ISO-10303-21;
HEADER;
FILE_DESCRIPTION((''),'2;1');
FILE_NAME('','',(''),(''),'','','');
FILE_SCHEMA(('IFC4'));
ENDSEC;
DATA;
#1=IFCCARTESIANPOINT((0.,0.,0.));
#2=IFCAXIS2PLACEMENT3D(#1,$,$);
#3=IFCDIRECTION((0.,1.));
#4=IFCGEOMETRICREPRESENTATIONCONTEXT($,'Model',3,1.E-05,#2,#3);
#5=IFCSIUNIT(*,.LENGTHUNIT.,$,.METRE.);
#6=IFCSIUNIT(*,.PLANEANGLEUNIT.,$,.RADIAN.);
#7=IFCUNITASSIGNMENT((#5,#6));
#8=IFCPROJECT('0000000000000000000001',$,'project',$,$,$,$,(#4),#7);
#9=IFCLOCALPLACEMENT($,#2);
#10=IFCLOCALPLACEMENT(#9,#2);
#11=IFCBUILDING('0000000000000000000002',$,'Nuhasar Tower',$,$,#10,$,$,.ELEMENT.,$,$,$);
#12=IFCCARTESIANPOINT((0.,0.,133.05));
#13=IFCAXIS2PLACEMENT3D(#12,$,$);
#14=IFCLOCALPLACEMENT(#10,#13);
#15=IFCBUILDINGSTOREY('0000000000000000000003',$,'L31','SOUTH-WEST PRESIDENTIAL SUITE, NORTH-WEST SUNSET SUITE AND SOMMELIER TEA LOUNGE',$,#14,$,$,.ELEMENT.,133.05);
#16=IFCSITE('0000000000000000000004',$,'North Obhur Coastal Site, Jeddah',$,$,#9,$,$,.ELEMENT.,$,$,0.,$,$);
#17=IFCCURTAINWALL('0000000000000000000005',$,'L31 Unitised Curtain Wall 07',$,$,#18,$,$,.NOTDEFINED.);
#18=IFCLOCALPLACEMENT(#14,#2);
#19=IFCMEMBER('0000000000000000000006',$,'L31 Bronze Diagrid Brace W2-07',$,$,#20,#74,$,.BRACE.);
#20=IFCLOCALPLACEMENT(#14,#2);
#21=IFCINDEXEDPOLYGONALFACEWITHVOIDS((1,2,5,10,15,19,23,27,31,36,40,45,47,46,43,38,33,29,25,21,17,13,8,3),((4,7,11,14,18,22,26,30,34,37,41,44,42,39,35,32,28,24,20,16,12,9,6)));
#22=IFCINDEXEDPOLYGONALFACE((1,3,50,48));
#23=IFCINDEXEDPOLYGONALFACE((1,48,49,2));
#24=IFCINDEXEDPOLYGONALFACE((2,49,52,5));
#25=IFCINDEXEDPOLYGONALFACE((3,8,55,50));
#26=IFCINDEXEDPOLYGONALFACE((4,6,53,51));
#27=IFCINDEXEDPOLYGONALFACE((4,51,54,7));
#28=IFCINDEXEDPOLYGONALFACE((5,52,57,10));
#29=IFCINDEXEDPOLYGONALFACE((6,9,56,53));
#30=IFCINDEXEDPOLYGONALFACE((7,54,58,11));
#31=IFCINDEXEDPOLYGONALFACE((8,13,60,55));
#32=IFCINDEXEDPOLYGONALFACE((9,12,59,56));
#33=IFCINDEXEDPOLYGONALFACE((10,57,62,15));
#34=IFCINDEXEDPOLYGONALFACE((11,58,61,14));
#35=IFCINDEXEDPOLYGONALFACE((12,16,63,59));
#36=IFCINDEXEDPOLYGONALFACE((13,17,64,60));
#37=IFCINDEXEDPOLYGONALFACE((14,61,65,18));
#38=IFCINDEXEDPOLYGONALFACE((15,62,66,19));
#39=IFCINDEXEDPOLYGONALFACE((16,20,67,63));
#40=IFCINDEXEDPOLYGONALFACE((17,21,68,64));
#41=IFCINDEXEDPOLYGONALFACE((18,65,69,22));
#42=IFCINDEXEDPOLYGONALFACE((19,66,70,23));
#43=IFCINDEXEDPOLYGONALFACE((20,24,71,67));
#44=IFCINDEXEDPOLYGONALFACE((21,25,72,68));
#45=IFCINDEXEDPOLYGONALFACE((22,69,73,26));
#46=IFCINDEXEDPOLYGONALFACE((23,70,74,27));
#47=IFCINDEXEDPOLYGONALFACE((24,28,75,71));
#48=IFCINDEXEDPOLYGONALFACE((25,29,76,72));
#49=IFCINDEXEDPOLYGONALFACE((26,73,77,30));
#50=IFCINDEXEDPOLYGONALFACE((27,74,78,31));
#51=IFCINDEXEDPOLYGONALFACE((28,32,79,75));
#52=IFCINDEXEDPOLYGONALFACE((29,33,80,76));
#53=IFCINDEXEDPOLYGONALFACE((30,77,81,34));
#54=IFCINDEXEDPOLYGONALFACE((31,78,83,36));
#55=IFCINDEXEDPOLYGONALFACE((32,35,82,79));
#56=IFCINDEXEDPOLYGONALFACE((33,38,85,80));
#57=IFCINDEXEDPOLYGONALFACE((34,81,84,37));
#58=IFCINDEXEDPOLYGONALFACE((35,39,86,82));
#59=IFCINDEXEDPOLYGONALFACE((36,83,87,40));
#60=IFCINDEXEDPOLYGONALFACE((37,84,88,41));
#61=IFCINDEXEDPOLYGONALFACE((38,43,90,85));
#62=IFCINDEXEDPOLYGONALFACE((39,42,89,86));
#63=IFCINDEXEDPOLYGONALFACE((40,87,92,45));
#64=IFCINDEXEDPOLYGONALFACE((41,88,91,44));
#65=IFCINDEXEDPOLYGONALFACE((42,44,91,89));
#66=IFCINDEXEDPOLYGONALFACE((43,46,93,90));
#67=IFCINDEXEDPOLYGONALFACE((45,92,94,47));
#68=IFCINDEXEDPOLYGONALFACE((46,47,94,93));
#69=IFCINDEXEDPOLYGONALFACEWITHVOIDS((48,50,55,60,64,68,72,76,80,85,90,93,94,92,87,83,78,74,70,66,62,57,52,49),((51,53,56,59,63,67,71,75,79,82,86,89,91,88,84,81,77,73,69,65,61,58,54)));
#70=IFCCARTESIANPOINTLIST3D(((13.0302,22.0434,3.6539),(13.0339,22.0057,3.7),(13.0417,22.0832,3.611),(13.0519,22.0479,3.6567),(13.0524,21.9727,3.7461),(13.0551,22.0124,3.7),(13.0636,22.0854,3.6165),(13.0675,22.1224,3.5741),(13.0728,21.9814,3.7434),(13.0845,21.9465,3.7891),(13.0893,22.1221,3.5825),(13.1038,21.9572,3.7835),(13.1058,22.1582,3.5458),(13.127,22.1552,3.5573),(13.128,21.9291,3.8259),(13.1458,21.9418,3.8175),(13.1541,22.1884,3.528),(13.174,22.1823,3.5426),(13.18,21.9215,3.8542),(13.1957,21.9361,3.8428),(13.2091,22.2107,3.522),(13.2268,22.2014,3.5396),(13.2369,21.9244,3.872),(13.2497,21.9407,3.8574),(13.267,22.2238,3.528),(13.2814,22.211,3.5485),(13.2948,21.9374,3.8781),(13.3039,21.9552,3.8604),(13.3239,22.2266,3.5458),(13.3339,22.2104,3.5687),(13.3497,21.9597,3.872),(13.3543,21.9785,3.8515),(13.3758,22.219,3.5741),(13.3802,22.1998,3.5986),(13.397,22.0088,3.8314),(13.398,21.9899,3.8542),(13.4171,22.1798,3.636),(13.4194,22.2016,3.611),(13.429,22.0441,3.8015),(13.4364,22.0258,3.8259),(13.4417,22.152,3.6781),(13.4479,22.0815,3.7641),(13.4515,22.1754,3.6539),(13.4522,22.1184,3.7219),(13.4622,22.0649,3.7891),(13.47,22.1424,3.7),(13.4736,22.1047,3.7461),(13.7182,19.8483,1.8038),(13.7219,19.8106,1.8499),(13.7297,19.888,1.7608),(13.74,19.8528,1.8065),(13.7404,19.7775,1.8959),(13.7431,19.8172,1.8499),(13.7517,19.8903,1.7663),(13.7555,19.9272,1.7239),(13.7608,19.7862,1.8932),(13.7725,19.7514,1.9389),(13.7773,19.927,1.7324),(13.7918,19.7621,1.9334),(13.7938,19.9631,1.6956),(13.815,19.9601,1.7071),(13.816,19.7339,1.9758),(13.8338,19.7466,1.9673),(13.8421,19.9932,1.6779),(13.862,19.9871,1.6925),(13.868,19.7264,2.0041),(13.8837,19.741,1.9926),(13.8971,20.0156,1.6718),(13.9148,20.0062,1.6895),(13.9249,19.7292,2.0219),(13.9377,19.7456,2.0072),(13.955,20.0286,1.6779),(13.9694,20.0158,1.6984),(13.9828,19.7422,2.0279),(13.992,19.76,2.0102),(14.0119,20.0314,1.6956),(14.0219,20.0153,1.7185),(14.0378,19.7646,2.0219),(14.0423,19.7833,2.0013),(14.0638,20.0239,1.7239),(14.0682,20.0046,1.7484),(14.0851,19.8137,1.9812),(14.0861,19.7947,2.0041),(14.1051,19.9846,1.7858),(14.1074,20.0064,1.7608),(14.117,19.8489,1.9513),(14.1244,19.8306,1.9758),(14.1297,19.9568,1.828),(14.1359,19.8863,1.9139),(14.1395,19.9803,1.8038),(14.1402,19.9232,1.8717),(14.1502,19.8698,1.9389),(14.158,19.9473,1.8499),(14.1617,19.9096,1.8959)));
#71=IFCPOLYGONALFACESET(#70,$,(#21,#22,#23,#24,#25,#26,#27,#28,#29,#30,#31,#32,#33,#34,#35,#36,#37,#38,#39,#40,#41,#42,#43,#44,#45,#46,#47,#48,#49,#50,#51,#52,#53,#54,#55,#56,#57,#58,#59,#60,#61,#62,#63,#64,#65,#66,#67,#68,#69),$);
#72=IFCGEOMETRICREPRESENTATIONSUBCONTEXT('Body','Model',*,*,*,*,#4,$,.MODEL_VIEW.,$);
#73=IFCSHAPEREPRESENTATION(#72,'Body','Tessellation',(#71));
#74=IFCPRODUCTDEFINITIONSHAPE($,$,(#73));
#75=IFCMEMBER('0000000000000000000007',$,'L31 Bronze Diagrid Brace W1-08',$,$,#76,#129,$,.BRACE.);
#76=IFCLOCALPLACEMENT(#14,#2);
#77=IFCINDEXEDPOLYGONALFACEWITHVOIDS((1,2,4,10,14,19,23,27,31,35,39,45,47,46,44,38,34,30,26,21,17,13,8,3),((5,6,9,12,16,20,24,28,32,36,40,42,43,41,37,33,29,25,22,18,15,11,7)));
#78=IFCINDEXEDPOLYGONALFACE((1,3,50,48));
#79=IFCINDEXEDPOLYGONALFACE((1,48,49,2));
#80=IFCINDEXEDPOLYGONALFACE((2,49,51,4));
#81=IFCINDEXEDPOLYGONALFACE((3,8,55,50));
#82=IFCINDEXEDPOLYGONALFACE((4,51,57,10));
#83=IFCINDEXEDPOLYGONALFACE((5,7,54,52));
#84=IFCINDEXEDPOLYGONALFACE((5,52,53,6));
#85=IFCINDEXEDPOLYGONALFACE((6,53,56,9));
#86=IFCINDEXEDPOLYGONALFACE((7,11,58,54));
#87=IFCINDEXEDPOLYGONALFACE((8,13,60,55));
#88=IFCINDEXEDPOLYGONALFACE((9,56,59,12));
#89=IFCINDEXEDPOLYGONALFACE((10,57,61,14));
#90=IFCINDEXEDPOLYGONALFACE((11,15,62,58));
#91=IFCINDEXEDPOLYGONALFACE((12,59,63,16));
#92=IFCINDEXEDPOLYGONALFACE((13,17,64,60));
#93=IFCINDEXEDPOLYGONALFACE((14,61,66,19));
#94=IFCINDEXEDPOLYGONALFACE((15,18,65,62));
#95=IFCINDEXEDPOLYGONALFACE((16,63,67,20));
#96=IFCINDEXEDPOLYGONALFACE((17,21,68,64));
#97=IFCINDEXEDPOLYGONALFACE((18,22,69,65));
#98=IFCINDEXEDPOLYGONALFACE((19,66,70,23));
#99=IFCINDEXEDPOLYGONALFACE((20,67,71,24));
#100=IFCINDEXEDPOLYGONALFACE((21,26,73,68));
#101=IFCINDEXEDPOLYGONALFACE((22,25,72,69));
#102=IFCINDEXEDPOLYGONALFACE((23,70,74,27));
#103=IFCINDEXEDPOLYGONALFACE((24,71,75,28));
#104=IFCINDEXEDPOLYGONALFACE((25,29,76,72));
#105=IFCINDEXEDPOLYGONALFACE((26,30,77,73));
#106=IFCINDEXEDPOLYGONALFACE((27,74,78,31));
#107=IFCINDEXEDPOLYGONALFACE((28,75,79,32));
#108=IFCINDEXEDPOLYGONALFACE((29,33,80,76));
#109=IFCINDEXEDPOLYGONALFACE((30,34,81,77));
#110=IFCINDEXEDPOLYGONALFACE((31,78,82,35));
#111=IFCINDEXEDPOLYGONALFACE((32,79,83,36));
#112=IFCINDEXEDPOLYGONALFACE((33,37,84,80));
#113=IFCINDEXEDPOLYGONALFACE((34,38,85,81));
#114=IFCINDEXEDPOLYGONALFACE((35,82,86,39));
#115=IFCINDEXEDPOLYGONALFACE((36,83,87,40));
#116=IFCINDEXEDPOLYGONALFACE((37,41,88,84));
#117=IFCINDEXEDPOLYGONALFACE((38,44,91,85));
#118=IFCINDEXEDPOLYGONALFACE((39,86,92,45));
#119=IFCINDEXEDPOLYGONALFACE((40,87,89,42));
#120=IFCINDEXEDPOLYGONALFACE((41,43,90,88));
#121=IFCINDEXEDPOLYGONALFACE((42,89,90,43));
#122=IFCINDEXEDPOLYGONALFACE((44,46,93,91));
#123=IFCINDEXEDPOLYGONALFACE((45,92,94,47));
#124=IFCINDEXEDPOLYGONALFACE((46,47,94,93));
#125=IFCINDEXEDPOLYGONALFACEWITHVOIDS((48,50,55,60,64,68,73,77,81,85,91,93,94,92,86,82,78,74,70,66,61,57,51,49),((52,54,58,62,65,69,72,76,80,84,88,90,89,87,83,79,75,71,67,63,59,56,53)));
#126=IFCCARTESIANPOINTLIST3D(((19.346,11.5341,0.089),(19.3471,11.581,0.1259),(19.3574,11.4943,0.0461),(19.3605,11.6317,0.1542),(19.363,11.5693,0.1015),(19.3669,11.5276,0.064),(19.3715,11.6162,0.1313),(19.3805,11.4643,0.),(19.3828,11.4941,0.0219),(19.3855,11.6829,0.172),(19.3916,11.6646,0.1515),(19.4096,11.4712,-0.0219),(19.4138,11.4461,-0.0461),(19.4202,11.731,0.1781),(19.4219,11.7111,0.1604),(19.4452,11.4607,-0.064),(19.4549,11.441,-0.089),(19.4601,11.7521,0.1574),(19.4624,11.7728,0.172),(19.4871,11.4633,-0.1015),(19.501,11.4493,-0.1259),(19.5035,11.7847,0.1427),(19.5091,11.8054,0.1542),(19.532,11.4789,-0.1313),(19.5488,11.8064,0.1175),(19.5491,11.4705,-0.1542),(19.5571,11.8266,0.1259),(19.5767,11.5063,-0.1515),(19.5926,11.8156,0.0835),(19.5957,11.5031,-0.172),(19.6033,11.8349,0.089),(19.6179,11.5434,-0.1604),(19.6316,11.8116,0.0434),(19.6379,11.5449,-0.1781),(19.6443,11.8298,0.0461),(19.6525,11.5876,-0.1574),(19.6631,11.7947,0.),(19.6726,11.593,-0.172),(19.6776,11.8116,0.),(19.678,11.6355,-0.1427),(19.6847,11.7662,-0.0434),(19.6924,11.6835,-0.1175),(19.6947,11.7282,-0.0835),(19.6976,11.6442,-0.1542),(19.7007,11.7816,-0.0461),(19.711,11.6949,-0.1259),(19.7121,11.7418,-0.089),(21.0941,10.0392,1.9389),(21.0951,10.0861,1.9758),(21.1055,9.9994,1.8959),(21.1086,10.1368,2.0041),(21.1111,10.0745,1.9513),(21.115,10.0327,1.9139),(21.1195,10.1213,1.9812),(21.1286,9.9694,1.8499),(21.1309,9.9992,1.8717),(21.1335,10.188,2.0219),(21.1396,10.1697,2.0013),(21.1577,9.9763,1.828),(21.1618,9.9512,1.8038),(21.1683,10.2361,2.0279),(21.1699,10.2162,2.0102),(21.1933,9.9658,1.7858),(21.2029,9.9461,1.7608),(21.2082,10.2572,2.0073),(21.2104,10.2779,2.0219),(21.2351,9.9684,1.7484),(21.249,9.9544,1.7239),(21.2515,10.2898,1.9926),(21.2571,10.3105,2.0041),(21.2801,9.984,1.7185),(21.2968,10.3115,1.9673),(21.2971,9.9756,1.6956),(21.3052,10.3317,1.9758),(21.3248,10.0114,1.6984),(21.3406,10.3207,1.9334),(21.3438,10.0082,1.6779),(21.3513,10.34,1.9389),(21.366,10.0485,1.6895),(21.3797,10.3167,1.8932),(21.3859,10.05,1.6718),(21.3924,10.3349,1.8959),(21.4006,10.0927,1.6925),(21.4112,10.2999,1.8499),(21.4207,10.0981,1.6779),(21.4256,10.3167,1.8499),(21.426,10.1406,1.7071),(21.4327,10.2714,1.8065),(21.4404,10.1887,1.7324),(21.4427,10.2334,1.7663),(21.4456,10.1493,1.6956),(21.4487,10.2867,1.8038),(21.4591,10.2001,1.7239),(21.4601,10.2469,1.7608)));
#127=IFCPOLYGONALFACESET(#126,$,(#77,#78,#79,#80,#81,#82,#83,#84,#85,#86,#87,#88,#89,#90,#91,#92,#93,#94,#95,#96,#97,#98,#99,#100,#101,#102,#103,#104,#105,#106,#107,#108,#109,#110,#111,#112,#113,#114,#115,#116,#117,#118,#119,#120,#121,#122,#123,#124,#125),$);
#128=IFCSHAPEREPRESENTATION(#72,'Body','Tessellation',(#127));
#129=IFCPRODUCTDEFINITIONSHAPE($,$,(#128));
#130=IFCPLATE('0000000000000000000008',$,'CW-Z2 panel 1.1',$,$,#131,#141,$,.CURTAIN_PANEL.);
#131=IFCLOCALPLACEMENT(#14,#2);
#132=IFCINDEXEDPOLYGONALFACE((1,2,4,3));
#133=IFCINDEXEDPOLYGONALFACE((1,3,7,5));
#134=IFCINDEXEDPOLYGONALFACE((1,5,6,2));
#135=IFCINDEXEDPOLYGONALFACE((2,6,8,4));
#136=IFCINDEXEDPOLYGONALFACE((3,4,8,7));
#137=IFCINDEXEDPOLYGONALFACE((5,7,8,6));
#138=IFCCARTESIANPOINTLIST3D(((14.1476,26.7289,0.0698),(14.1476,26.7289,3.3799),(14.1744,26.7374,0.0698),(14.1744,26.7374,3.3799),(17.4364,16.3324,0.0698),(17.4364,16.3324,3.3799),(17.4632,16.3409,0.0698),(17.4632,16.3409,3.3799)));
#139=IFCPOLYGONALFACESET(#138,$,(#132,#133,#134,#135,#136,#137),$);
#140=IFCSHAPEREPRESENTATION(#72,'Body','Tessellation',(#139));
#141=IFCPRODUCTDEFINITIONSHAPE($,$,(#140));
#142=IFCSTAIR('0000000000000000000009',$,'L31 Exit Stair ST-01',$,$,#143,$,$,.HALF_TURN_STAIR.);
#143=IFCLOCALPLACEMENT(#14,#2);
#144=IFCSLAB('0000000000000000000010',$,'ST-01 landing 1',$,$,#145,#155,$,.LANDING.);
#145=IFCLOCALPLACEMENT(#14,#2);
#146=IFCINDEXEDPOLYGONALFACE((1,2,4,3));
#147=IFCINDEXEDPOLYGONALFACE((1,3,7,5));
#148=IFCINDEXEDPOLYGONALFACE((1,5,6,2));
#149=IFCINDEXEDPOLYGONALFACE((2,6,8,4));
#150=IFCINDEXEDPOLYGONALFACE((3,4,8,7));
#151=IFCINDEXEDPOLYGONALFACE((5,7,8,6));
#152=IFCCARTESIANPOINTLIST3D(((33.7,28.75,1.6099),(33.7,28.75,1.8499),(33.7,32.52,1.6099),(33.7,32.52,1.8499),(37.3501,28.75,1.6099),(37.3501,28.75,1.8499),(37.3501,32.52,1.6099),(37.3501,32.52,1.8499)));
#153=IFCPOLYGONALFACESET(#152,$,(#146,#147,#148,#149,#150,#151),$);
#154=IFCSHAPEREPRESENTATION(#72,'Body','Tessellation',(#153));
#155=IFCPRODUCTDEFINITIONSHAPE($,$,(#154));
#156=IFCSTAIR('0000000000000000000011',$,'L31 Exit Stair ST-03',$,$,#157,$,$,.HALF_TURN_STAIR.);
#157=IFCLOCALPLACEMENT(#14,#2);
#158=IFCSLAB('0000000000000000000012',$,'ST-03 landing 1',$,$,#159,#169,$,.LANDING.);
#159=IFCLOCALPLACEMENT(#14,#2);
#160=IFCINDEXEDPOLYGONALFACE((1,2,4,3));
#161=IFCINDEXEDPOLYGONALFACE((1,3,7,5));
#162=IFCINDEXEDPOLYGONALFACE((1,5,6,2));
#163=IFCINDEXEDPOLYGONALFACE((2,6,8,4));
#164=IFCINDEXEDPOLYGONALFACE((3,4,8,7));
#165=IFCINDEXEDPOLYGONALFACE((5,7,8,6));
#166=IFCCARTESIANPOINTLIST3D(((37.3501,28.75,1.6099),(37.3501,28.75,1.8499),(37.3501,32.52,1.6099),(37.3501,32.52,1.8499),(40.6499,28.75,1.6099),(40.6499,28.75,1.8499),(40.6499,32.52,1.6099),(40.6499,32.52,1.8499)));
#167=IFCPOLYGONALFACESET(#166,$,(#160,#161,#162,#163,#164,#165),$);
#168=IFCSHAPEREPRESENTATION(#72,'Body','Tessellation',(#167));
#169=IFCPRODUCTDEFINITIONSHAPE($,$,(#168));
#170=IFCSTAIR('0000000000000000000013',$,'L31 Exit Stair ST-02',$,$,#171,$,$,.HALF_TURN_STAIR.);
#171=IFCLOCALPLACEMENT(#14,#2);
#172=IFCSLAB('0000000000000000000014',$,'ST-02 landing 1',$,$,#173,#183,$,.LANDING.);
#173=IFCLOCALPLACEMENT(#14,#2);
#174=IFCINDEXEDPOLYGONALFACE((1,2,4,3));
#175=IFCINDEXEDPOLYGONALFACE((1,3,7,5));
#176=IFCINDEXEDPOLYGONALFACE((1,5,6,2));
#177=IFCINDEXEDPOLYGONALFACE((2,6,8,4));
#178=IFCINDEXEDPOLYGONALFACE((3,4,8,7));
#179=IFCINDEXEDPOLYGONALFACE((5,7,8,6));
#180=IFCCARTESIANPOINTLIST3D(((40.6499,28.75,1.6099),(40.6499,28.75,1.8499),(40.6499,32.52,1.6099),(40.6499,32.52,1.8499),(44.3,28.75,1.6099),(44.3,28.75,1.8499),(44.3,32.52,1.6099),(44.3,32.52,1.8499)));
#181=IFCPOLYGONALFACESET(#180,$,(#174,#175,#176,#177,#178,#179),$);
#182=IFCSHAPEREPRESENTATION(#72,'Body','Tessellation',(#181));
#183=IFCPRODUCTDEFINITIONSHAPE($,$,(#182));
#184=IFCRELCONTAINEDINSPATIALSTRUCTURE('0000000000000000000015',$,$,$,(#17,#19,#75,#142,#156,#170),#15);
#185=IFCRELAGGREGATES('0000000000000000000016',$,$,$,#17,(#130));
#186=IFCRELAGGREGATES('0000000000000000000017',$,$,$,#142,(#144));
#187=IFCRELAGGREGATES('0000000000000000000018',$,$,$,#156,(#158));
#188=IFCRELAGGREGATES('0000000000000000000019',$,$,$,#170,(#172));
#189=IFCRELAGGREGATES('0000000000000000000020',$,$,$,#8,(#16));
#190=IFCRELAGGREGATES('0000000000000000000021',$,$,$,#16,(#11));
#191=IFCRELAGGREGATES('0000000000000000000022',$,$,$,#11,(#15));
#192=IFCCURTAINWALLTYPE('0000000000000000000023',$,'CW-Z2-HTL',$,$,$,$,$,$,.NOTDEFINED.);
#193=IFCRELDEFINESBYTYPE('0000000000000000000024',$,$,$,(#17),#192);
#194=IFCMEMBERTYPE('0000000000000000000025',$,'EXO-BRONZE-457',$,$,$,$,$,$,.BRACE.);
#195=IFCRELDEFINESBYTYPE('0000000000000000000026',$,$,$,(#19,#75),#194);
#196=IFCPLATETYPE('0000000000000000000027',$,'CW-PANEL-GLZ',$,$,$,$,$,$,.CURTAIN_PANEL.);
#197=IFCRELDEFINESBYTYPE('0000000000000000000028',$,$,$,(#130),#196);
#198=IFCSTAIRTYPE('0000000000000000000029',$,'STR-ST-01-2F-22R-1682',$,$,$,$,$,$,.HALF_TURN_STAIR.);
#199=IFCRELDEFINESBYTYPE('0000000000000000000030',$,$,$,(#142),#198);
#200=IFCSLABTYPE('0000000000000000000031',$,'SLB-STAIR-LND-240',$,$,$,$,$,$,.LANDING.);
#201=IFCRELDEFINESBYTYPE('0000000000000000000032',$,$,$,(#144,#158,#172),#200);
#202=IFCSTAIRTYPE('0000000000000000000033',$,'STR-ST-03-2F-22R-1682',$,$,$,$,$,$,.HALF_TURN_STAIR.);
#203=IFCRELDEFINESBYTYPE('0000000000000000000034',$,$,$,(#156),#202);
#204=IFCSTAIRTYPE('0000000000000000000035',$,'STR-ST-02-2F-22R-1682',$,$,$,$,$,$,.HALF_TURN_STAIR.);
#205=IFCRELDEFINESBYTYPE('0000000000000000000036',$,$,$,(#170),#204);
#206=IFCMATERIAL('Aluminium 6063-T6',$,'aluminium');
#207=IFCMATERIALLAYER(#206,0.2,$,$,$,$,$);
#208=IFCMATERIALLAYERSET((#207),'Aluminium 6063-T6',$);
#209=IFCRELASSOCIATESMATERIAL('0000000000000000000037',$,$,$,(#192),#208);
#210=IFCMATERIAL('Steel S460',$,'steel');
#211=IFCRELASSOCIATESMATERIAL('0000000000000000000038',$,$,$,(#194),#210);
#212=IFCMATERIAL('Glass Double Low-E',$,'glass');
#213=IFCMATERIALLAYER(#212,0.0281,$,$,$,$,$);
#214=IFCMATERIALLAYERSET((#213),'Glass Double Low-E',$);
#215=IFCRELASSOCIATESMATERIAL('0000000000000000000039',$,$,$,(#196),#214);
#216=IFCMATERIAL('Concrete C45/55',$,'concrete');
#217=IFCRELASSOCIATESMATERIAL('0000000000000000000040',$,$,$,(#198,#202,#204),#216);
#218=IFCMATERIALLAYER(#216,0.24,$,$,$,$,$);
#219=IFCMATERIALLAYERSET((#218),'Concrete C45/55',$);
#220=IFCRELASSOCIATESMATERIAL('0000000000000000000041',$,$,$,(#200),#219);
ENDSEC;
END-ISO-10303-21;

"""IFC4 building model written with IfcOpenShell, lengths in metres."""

from ifc_helpers import new_model, si_unit, direction, frame, origin, origin_2d, place, context, subcontext, project, spatial, polyline, rectangle, hollow_circle, outline, extrude, material, layer, layer_set, material_profile, profile_set, type_object, element, aggregate, save


model = new_model("IFC4")

# Units and contexts
model_context = context("Model", 3, precision=1e-05, world=origin(), true_north=direction((0.0, 1.0)))
body_context = subcontext(model_context, "Body", "Model", "MODEL_VIEW")
ifc_project = project(units=[si_unit("LENGTHUNIT", "METRE"), si_unit("PLANEANGLEUNIT", "RADIAN")], contexts=[model_context])

# Site, building, storey
site_placement = place(None, origin())
site = spatial("IfcSite", under=ifc_project, at=site_placement, Name="North Obhur Coastal Site, Jeddah", CompositionType="ELEMENT", RefElevation=0.0)
building_placement = place(site_placement, origin())
building = spatial("IfcBuilding", under=site, at=building_placement, Name="Nuhasar Tower", CompositionType="ELEMENT")
storey_placement = place(building_placement, frame((0.0, 0.0, 133.05)))
storey = spatial("IfcBuildingStorey", under=building, at=storey_placement, Name="L31", Description="SOUTH-WEST PRESIDENTIAL SUITE, NORTH-WEST SUNSET SUITE AND SOMMELIER TEA LOUNGE", CompositionType="ELEMENT", Elevation=133.05)

# Curtain wall
ifc_material_1 = material(Name="Aluminium 6063-T6", Category="aluminium")
ifc_layer_1 = layer(ifc_material_1, 0.2)
ifc_layer_set_1 = layer_set([ifc_layer_1], Name="Aluminium 6063-T6")
curtain_wall_type = type_object("IfcCurtainWallType", Name="CW-Z2-HTL", PredefinedType="NOTDEFINED", material=ifc_layer_set_1)
curtain_wall_1_placement = place(storey_placement, origin())
curtain_wall_1 = element("IfcCurtainWall", 1, at=curtain_wall_1_placement, inside=storey, type_object=curtain_wall_type, Name="L31 Unitised Curtain Wall 07", PredefinedType="NOTDEFINED")

# Members
ifc_material_2 = material(Name="Steel S460", Category="steel")
ifc_material_profile_1 = material_profile(ifc_material_2, hollow_circle(Radius=0.2285, WallThickness=0.0222, at=origin_2d()), Name="HSS457X22.2")
ifc_profile_set_1 = profile_set([ifc_material_profile_1], Name="Steel S460")
member_type_1 = type_object("IfcMemberType", Name="EXO-BRONZE-457", PredefinedType="BRACE", material=ifc_profile_set_1)
member_1_placement = place(storey_placement, frame((13.9399, 19.8789, 1.8499), z_axis=(-0.233056, 0.743578, 0.626719), x_axis=(-0.954228, -0.299079, 0.0)))
element("IfcMember", 2, at=member_1_placement, inside=storey, type_object=member_type_1, Name="L31 Bronze Diagrid Brace W2-07", PredefinedType="BRACE", context=body_context, shape_type="SweptSolid", body=[
    extrude(hollow_circle(Radius=0.2285, WallThickness=0.0222, at=origin_2d()), origin(), (0.0, 0.0, 1.0), 2.9521),
])
member_2_placement = place(storey_placement, frame((19.5291, 11.6379, 0.0), z_axis=(0.592226, -0.506452, 0.626717), x_axis=(0.649926, 0.759998, 0.0)))
element("IfcMember", 3, at=member_2_placement, inside=storey, type_object=member_type_1, Name="L31 Bronze Diagrid Brace W1-08", PredefinedType="BRACE", context=body_context, shape_type="SweptSolid", body=[
    extrude(hollow_circle(Radius=0.2285, WallThickness=0.0222, at=origin_2d()), origin(), (0.0, 0.0, 1.0), 2.9517),
])

# Plate
ifc_material_3 = material(Name="Glass Double Low-E", Category="glass")
ifc_layer_2 = layer(ifc_material_3, 0.0281)
ifc_layer_set_2 = layer_set([ifc_layer_2], Name="Glass Double Low-E")
plate_type = type_object("IfcPlateType", Name="CW-PANEL-GLZ", PredefinedType="CURTAIN_PANEL", material=ifc_layer_set_2)
plate_placement = place(storey_placement, frame((15.8054, 21.5349, 0.0698), z_axis=(0.0, 0.0, 1.0), x_axis=(0.301604, -0.953433, 0.0)))
plate = element("IfcPlate", 4, at=plate_placement, type_object=plate_type, Name="CW-Z2 panel 1.1", PredefinedType="CURTAIN_PANEL", context=body_context, shape_type="SweptSolid", body=[
    extrude(rectangle(XDim=10.9043, YDim=0.0281, at=origin_2d()), origin(), (0.0, 0.0, 1.0), 3.3101),
])
aggregate(curtain_wall_1, [plate])

# Stairs, slabs
ifc_material_4 = material(Name="Concrete C45/55", Category="concrete")
stair_type_1 = type_object("IfcStairType", Name="STR-ST-01-2F-22R-1682", PredefinedType="HALF_TURN_STAIR", material=ifc_material_4)
stair_1_placement = place(storey_placement, origin())
stair_1 = element("IfcStair", 5, at=stair_1_placement, inside=storey, type_object=stair_type_1, Name="L31 Exit Stair ST-01", PredefinedType="HALF_TURN_STAIR")
ifc_layer_3 = layer(ifc_material_4, 0.24)
ifc_layer_set_3 = layer_set([ifc_layer_3], Name="Concrete C45/55")
slab_type_1 = type_object("IfcSlabType", Name="SLB-STAIR-LND-240", PredefinedType="LANDING", material=ifc_layer_set_3)
slab_1_placement = place(storey_placement, frame((0.0, 0.0, 1.6099)))
slab_1 = element("IfcSlab", 6, at=slab_1_placement, type_object=slab_type_1, Name="ST-01 landing 1", PredefinedType="LANDING", context=body_context, shape_type="SweptSolid", body=[
    extrude(outline(polyline([(33.7, 28.75), (37.3501, 28.75), (37.3501, 32.52), (33.7, 32.52), (33.7, 28.75)])), origin(), (0.0, 0.0, 1.0), 0.24),
])
aggregate(stair_1, [slab_1])
stair_type_2 = type_object("IfcStairType", Name="STR-ST-03-2F-22R-1682", PredefinedType="HALF_TURN_STAIR", material=ifc_material_4)
stair_2_placement = place(storey_placement, origin())
stair_2 = element("IfcStair", 7, at=stair_2_placement, inside=storey, type_object=stair_type_2, Name="L31 Exit Stair ST-03", PredefinedType="HALF_TURN_STAIR")
slab_2_placement = place(storey_placement, frame((0.0, 0.0, 1.6099)))
slab_2 = element("IfcSlab", 8, at=slab_2_placement, type_object=slab_type_1, Name="ST-03 landing 1", PredefinedType="LANDING", context=body_context, shape_type="SweptSolid", body=[
    extrude(outline(polyline([(37.3501, 28.75), (40.6499, 28.75), (40.6499, 32.52), (37.3501, 32.52), (37.3501, 28.75)])), origin(), (0.0, 0.0, 1.0), 0.24),
])
aggregate(stair_2, [slab_2])
stair_type_3 = type_object("IfcStairType", Name="STR-ST-02-2F-22R-1682", PredefinedType="HALF_TURN_STAIR", material=ifc_material_4)
stair_3_placement = place(storey_placement, origin())
stair_3 = element("IfcStair", 9, at=stair_3_placement, inside=storey, type_object=stair_type_3, Name="L31 Exit Stair ST-02", PredefinedType="HALF_TURN_STAIR")
slab_3_placement = place(storey_placement, frame((0.0, 0.0, 1.6099)))
slab_3 = element("IfcSlab", 10, at=slab_3_placement, type_object=slab_type_1, Name="ST-02 landing 1", PredefinedType="LANDING", context=body_context, shape_type="SweptSolid", body=[
    extrude(outline(polyline([(40.6499, 28.75), (44.3, 28.75), (44.3, 32.52), (40.6499, 32.52), (40.6499, 28.75)])), origin(), (0.0, 0.0, 1.0), 0.24),
])
aggregate(stair_3, [slab_3])

save(model, "model.ifc")
